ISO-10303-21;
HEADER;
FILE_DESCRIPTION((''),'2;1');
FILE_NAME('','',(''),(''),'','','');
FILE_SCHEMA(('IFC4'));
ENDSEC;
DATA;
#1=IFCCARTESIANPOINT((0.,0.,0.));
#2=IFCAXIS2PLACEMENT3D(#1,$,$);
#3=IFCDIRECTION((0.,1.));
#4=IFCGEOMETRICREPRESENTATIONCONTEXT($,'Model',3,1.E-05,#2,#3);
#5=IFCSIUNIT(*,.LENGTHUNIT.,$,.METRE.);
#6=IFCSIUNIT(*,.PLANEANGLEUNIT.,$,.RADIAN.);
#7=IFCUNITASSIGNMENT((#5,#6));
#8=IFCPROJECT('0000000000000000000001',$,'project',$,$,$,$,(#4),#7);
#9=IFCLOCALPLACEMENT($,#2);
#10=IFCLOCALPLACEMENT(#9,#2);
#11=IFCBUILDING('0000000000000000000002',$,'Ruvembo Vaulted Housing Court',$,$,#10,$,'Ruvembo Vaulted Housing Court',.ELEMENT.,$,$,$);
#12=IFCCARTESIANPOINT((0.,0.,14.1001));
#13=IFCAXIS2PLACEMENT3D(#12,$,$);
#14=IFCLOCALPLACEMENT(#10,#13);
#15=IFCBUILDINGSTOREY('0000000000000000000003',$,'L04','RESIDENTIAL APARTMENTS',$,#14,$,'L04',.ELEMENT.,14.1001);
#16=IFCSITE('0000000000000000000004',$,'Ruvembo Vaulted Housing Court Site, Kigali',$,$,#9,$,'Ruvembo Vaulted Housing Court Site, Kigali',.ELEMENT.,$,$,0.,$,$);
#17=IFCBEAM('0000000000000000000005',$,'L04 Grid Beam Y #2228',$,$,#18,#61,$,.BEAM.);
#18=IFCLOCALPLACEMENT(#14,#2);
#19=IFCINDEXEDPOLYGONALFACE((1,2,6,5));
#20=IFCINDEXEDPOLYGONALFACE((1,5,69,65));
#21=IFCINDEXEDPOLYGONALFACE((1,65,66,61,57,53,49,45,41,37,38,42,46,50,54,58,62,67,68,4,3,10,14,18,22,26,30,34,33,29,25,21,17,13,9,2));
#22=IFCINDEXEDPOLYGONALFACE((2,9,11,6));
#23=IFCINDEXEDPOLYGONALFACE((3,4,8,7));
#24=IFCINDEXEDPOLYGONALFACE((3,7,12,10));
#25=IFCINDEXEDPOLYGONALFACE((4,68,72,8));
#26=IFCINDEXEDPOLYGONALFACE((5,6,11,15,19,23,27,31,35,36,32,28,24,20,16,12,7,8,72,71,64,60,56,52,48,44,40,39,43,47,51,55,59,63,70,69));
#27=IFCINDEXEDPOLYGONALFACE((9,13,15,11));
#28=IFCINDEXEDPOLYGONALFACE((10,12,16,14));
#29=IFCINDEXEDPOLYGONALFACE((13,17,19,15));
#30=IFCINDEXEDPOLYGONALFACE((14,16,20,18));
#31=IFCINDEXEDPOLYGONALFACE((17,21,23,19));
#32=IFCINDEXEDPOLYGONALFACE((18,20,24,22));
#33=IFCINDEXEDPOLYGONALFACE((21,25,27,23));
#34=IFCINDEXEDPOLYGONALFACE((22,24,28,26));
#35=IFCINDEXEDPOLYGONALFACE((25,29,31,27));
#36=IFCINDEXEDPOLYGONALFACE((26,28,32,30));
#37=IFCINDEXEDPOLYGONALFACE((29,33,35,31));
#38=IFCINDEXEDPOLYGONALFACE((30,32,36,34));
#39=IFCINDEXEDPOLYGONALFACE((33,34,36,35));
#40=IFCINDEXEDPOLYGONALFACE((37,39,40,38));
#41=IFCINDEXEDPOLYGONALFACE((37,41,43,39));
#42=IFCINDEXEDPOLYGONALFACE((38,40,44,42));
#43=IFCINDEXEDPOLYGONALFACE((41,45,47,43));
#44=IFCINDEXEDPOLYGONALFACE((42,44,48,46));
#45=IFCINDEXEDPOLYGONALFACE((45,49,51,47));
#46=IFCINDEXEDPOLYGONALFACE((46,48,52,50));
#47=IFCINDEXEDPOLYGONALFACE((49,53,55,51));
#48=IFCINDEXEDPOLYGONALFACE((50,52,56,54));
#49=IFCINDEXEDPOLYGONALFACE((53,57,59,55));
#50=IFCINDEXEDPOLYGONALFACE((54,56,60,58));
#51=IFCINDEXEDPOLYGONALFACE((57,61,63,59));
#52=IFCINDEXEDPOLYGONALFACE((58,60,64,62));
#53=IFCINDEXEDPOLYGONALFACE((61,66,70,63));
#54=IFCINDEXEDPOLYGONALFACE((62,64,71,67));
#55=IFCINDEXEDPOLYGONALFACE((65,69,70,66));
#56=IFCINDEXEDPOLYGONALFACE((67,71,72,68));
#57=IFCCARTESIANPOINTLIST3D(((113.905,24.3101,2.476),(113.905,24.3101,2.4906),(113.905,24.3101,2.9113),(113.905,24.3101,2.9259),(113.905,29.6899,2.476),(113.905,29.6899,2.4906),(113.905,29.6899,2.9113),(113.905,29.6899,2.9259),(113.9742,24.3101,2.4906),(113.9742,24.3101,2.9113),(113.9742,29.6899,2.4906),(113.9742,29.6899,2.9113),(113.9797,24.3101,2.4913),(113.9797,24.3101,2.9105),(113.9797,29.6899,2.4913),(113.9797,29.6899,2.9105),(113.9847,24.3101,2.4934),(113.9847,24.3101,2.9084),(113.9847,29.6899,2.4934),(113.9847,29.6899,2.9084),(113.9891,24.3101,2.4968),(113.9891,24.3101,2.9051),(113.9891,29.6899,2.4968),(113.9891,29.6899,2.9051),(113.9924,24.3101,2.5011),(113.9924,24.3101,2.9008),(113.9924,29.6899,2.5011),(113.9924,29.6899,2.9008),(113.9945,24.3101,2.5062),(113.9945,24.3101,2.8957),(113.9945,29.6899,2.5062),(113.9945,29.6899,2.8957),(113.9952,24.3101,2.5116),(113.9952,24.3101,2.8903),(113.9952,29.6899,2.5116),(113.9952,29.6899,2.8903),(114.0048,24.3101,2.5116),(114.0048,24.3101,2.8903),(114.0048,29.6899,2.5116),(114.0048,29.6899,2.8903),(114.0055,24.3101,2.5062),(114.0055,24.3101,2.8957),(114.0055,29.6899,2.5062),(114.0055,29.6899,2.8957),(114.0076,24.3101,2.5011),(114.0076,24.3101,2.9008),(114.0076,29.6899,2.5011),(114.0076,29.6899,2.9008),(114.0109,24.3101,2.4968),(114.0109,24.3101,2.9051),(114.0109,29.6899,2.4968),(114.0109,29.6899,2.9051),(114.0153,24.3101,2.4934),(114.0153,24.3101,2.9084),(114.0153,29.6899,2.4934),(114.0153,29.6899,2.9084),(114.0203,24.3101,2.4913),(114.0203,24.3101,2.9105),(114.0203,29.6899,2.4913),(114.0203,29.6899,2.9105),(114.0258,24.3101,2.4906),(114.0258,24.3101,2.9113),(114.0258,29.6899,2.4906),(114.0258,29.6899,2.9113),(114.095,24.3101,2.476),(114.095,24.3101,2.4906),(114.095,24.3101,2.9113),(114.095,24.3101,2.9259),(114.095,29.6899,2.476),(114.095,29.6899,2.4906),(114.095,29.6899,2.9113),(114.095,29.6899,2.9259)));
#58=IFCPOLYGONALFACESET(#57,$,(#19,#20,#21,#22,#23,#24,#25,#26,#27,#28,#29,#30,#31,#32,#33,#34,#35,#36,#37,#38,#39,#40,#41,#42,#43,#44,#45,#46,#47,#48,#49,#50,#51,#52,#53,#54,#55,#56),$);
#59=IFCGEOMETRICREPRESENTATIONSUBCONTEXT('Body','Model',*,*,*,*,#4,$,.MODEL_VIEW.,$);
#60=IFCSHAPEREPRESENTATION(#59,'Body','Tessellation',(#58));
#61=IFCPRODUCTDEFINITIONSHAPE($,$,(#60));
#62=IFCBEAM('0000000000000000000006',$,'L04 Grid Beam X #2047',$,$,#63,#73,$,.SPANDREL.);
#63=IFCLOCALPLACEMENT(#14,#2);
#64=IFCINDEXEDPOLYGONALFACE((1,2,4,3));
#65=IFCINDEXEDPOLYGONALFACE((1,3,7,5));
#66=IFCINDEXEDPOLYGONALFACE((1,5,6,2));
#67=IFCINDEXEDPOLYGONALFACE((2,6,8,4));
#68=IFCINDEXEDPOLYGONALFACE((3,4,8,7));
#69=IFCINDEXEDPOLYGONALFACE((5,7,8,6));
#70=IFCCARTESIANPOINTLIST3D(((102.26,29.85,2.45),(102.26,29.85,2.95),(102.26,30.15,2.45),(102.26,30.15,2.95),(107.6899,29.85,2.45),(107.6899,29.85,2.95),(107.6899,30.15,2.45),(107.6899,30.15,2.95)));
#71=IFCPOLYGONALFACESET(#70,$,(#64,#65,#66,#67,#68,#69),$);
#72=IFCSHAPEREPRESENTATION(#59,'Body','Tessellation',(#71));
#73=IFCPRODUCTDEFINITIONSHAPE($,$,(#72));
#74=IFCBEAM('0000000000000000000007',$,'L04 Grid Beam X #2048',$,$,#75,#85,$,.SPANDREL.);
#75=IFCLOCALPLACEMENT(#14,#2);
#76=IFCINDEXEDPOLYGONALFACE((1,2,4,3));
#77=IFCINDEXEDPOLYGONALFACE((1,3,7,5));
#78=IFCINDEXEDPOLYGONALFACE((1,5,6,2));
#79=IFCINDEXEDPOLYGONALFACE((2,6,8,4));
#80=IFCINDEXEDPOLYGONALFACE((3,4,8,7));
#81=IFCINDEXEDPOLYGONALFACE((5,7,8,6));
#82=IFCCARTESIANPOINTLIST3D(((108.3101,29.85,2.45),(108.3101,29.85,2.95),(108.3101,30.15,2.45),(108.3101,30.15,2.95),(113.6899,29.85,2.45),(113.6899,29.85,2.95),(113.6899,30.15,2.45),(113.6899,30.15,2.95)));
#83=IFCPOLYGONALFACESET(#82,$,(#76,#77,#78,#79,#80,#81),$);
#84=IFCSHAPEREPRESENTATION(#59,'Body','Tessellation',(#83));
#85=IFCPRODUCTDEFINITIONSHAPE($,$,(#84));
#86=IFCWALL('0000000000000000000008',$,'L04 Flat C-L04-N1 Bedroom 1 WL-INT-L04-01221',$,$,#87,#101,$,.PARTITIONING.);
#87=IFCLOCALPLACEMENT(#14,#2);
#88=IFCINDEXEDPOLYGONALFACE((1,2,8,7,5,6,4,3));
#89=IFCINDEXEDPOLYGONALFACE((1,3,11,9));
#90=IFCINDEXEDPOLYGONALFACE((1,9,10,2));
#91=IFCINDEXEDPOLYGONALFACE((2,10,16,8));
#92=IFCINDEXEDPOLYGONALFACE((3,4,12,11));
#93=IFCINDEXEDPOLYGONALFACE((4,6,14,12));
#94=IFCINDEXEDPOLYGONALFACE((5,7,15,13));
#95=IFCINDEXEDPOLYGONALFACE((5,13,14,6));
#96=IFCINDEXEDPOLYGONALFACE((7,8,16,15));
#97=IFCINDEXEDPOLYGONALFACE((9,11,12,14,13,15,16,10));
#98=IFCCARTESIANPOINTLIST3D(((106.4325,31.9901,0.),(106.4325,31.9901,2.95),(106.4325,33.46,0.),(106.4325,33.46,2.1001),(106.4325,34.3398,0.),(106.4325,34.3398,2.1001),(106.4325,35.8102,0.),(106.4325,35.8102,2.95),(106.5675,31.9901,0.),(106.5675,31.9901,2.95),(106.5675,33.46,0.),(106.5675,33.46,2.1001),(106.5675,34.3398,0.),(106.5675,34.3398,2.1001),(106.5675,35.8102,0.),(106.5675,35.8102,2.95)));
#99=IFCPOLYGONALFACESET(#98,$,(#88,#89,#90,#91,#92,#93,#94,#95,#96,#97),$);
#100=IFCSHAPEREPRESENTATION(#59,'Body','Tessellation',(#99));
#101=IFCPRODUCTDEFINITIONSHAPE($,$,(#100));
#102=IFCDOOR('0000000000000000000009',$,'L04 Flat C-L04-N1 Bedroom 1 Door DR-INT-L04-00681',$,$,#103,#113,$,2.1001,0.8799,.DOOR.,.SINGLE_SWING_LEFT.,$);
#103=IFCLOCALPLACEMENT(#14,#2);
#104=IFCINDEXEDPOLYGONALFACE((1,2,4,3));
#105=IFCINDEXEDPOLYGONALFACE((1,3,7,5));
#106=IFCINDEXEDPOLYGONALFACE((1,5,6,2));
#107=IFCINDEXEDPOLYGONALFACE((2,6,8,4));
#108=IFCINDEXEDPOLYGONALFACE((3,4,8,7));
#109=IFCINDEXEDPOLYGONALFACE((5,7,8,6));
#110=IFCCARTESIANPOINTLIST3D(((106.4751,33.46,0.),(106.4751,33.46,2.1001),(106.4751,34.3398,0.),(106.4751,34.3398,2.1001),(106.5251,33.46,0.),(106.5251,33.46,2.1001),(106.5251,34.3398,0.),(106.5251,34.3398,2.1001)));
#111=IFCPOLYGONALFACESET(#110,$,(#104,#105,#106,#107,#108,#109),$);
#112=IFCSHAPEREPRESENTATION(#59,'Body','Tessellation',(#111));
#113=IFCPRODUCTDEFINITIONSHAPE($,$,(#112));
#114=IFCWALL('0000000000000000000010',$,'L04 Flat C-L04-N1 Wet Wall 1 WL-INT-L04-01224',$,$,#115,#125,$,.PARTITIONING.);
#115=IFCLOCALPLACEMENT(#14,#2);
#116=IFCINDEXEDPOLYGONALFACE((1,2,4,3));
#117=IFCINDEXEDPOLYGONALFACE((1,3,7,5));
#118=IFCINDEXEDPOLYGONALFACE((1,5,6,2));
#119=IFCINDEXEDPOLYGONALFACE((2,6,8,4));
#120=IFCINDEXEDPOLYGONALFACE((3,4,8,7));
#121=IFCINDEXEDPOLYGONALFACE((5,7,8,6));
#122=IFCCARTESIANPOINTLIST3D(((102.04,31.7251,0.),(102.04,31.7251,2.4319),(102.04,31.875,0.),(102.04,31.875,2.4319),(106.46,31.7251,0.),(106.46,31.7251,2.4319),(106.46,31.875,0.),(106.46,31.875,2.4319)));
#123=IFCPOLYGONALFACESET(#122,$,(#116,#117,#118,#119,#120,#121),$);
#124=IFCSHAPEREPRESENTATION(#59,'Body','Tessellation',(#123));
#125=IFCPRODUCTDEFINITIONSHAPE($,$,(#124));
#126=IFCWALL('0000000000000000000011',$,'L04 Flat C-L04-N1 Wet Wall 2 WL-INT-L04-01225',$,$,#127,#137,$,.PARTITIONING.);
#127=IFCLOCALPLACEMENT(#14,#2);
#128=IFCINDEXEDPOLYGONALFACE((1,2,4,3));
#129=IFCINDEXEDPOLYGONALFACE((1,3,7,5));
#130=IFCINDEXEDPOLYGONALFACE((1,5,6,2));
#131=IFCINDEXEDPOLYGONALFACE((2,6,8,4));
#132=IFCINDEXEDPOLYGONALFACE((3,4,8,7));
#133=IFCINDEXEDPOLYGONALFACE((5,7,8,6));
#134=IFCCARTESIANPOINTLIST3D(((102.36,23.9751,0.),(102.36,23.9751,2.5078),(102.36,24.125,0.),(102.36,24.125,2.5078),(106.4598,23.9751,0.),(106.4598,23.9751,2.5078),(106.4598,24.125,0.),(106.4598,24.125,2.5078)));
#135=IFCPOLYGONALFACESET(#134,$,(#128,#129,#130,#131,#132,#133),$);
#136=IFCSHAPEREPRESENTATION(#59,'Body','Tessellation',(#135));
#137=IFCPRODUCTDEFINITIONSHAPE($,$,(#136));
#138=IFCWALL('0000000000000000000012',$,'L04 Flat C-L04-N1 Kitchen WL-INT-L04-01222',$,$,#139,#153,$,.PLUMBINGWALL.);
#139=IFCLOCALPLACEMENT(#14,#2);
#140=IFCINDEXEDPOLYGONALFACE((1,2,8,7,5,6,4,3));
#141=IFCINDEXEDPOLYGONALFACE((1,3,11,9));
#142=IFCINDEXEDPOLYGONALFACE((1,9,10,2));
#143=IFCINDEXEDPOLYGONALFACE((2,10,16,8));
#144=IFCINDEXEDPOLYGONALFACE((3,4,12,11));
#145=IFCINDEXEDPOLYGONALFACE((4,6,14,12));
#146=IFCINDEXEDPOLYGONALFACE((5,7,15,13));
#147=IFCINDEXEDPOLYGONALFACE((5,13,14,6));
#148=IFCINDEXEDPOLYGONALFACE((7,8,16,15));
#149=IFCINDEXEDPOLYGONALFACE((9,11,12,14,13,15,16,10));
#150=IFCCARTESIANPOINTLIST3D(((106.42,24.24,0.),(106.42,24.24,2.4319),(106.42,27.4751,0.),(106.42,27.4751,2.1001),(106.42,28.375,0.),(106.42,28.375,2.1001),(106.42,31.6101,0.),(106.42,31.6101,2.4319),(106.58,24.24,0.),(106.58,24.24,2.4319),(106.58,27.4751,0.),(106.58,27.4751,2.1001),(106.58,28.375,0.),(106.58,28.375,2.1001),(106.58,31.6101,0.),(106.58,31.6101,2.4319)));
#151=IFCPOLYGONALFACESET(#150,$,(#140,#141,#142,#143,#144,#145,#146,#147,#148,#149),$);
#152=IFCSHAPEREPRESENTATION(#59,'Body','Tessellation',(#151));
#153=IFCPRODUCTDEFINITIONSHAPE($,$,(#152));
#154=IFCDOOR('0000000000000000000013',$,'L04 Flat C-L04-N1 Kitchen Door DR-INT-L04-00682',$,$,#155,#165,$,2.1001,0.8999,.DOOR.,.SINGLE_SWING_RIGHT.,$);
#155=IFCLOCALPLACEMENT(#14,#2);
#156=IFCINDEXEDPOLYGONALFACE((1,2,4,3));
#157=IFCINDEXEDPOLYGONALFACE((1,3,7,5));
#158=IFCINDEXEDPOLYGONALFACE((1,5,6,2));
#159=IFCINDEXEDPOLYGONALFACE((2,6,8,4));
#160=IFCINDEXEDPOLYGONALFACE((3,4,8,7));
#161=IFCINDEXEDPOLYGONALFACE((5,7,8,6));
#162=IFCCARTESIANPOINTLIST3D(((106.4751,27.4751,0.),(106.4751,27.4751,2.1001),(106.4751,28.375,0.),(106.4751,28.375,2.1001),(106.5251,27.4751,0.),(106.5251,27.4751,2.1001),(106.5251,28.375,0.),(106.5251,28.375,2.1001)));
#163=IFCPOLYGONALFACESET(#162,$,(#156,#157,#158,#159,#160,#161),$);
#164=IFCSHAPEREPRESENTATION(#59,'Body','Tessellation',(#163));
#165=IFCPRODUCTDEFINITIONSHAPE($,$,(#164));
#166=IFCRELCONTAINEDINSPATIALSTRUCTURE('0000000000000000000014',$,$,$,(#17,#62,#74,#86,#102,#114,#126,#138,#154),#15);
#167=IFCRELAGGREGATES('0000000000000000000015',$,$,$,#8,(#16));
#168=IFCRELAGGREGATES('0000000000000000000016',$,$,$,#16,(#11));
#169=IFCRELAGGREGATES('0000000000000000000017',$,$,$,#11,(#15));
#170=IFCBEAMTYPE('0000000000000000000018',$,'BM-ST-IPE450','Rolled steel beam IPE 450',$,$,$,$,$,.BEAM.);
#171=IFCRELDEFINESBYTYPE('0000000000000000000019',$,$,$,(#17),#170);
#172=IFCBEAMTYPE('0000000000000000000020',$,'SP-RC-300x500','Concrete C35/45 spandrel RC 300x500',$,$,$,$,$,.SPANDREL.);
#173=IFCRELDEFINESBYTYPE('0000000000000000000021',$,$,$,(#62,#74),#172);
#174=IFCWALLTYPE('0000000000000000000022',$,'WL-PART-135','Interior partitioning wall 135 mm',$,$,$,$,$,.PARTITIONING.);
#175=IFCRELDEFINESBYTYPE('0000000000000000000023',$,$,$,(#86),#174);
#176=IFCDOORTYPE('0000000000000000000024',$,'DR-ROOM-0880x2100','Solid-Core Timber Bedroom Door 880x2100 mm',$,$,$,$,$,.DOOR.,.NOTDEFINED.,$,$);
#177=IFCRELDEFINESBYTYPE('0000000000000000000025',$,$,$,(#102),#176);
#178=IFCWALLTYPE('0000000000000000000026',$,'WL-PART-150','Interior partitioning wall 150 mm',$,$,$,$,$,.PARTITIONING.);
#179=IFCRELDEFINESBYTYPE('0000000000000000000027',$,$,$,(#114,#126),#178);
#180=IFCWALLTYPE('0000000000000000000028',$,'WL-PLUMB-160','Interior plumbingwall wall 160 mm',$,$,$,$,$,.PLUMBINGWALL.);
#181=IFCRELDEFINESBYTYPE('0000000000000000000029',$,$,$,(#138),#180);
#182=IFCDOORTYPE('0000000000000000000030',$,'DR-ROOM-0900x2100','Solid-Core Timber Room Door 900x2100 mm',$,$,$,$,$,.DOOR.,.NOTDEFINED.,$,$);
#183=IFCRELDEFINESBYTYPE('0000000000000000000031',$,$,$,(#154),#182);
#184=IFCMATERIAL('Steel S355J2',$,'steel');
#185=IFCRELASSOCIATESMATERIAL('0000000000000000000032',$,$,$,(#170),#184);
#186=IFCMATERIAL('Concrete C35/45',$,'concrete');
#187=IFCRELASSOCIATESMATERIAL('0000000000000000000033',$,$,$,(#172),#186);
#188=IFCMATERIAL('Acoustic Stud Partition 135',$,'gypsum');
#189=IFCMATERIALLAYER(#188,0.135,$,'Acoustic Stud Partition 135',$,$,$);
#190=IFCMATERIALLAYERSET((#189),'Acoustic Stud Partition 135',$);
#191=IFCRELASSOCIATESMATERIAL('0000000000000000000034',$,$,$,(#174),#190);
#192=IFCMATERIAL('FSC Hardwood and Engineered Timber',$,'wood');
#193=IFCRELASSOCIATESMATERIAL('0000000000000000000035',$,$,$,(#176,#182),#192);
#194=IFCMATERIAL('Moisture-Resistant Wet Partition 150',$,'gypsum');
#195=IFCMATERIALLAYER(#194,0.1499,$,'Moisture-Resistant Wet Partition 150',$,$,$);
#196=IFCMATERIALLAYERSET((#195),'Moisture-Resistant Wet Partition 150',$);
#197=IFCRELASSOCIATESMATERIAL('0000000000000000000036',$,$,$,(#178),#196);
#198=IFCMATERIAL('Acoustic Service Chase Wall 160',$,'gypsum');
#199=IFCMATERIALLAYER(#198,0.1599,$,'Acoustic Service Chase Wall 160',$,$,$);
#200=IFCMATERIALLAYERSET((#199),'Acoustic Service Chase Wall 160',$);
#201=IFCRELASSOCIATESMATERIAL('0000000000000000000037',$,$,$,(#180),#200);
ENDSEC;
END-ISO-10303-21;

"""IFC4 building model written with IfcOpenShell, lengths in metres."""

from ifc_helpers import new_model, si_unit, direction, frame, frame_2d, origin, origin_2d, place, context, subcontext, project, spatial, rectangle, i_section, extrude, material, layer, layer_set, material_profile, profile_set, type_object, element, fill, save


model = new_model("IFC4")

# Units and contexts
model_context = context("Model", 3, precision=1e-05, world=origin(), true_north=direction((0.0, 1.0)))
body_context = subcontext(model_context, "Body", "Model", "MODEL_VIEW")
ifc_project = project(units=[si_unit("LENGTHUNIT", "METRE"), si_unit("PLANEANGLEUNIT", "RADIAN")], contexts=[model_context])

# Site, building, storey
site_placement = place(None, origin())
site = spatial("IfcSite", under=ifc_project, at=site_placement, Name="Ruvembo Vaulted Housing Court Site, Kigali", LongName="Ruvembo Vaulted Housing Court Site, Kigali", CompositionType="ELEMENT", RefElevation=0.0)
building_placement = place(site_placement, origin())
building = spatial("IfcBuilding", under=site, at=building_placement, Name="Ruvembo Vaulted Housing Court", LongName="Ruvembo Vaulted Housing Court", CompositionType="ELEMENT")
storey_placement = place(building_placement, frame((0.0, 0.0, 14.1001)))
storey = spatial("IfcBuildingStorey", under=building, at=storey_placement, Name="L04", Description="RESIDENTIAL APARTMENTS", LongName="L04", CompositionType="ELEMENT", Elevation=14.1001)

# Beams
ifc_material_1 = material(Name="Steel S355J2", Category="steel")
ifc_material_profile_1 = material_profile(ifc_material_1, i_section(OverallWidth=0.1899, OverallDepth=0.45, WebThickness=0.0095, FlangeThickness=0.0146, FilletRadius=0.021, at=origin_2d()), Name="IPE 450")
ifc_profile_set_1 = profile_set([ifc_material_profile_1], Name="Steel S355J2")
beam_type_1 = type_object("IfcBeamType", Name="BM-ST-IPE450", Description="Rolled steel beam IPE 450", PredefinedType="BEAM", material=ifc_profile_set_1)
beam_1_placement = place(storey_placement, frame((114.0, 24.3101, 2.7009), z_axis=(0.0, 1.0, 0.0), x_axis=(-1.0, 0.0, 0.0)))
element("IfcBeam", 1, at=beam_1_placement, inside=storey, type_object=beam_type_1, Name="L04 Grid Beam Y #2228", PredefinedType="BEAM", context=body_context, shape_type="SweptSolid", body=[
    extrude(i_section(OverallWidth=0.1899, OverallDepth=0.45, WebThickness=0.0095, FlangeThickness=0.0146, FilletRadius=0.021, at=origin_2d()), origin(), (0.0, 0.0, 1.0), 5.3799),
])
ifc_material_2 = material(Name="Concrete C35/45", Category="concrete")
ifc_material_profile_2 = material_profile(ifc_material_2, rectangle(XDim=0.3, YDim=0.5, at=origin_2d()), Name="RC 300x500")
ifc_profile_set_2 = profile_set([ifc_material_profile_2], Name="Concrete C35/45")
beam_type_2 = type_object("IfcBeamType", Name="SP-RC-300x500", Description="Concrete C35/45 spandrel RC 300x500", PredefinedType="SPANDREL", material=ifc_profile_set_2)
beam_2_placement = place(storey_placement, frame((102.26, 30.0, 2.7), z_axis=(1.0, 0.0, 0.0), x_axis=(0.0, 1.0, 0.0)))
element("IfcBeam", 2, at=beam_2_placement, inside=storey, type_object=beam_type_2, Name="L04 Grid Beam X #2047", PredefinedType="SPANDREL", context=body_context, shape_type="SweptSolid", body=[
    extrude(rectangle(XDim=0.3, YDim=0.5, at=origin_2d()), origin(), (0.0, 0.0, 1.0), 5.4299),
])
beam_3_placement = place(storey_placement, frame((108.3101, 30.0, 2.7), z_axis=(1.0, 0.0, 0.0), x_axis=(0.0, 1.0, 0.0)))
element("IfcBeam", 3, at=beam_3_placement, inside=storey, type_object=beam_type_2, Name="L04 Grid Beam X #2048", PredefinedType="SPANDREL", context=body_context, shape_type="SweptSolid", body=[
    extrude(rectangle(XDim=0.3, YDim=0.5, at=origin_2d()), origin(), (0.0, 0.0, 1.0), 5.3799),
])

# Wall, opening, door
ifc_material_3 = material(Name="Acoustic Stud Partition 135", Category="gypsum")
ifc_layer_1 = layer(ifc_material_3, 0.135, Name="Acoustic Stud Partition 135")
ifc_layer_set_1 = layer_set([ifc_layer_1], Name="Acoustic Stud Partition 135")
wall_type_1 = type_object("IfcWallType", Name="WL-PART-135", Description="Interior partitioning wall 135 mm", PredefinedType="PARTITIONING", material=ifc_layer_set_1)
wall_1_placement = place(storey_placement, frame((106.5, 31.99, 0.0), z_axis=(0.0, 0.0, 1.0), x_axis=(0.0, 1.0, 0.0)))
wall_1 = element("IfcWall", 4, at=wall_1_placement, inside=storey, type_object=wall_type_1, Name="L04 Flat C-L04-N1 Bedroom 1 WL-INT-L04-01221", PredefinedType="PARTITIONING", context=body_context, shape_type="SweptSolid", body=[
    extrude(rectangle(XDim=3.8201, YDim=0.135, at=frame_2d((1.9102, 0.0))), origin(), (0.0, 0.0, 1.0), 2.95),
])
opening_1_placement = place(wall_1_placement, frame((1.47, 0.0, 0.0)))
opening_1 = element("IfcOpeningElement", 5, at=opening_1_placement, cuts=wall_1, PredefinedType="OPENING", context=body_context, shape_type="SweptSolid", body=[
    extrude(rectangle(XDim=0.8799, YDim=2.1001, at=frame_2d((0.4399, 1.05))), frame((0.0, 0.0774, 0.0), z_axis=(0.0, -1.0, 0.0), x_axis=(1.0, 0.0, 0.0)), (0.0, 0.0, 1.0), 0.155),
])
ifc_material_4 = material(Name="FSC Hardwood and Engineered Timber", Category="wood")
door_type_1 = type_object("IfcDoorType", Name="DR-ROOM-0880x2100", Description="Solid-Core Timber Bedroom Door 880x2100 mm", OperationType="NOTDEFINED", PredefinedType="DOOR", material=ifc_material_4)
door_1_placement = place(opening_1_placement, origin())
door_1 = element("IfcDoor", 6, at=door_1_placement, inside=storey, type_object=door_type_1, Name="L04 Flat C-L04-N1 Bedroom 1 Door DR-INT-L04-00681", OperationType="SINGLE_SWING_LEFT", OverallHeight=2.1001, OverallWidth=0.8799, PredefinedType="DOOR", context=body_context, shape_type="SweptSolid", body=[
    extrude(rectangle(XDim=0.8799, YDim=2.1001, at=frame_2d((0.4399, 1.05))), frame((0.0, 0.0249, 0.0), z_axis=(0.0, -1.0, 0.0), x_axis=(1.0, 0.0, 0.0)), (0.0, 0.0, 1.0), 0.05),
])
fill(opening_1, door_1)

# Walls
ifc_material_5 = material(Name="Moisture-Resistant Wet Partition 150", Category="gypsum")
ifc_layer_2 = layer(ifc_material_5, 0.1499, Name="Moisture-Resistant Wet Partition 150")
ifc_layer_set_2 = layer_set([ifc_layer_2], Name="Moisture-Resistant Wet Partition 150")
wall_type_2 = type_object("IfcWallType", Name="WL-PART-150", Description="Interior partitioning wall 150 mm", PredefinedType="PARTITIONING", material=ifc_layer_set_2)
wall_2_placement = place(storey_placement, frame((102.04, 31.8, 0.0), z_axis=(0.0, 0.0, 1.0), x_axis=(1.0, 0.0, 0.0)))
element("IfcWall", 7, at=wall_2_placement, inside=storey, type_object=wall_type_2, Name="L04 Flat C-L04-N1 Wet Wall 1 WL-INT-L04-01224", PredefinedType="PARTITIONING", context=body_context, shape_type="SweptSolid", body=[
    extrude(rectangle(XDim=4.4199, YDim=0.1499, at=frame_2d((2.21, 0.0))), origin(), (0.0, 0.0, 1.0), 2.4319),
])
wall_3_placement = place(storey_placement, frame((102.3601, 24.05, 0.0), z_axis=(0.0, 0.0, 1.0), x_axis=(1.0, 0.0, 0.0)))
element("IfcWall", 8, at=wall_3_placement, inside=storey, type_object=wall_type_2, Name="L04 Flat C-L04-N1 Wet Wall 2 WL-INT-L04-01225", PredefinedType="PARTITIONING", context=body_context, shape_type="SweptSolid", body=[
    extrude(rectangle(XDim=4.0999, YDim=0.1499, at=frame_2d((2.0498, 0.0))), origin(), (0.0, 0.0, 1.0), 2.5078),
])

# Wall, opening, door
ifc_material_6 = material(Name="Acoustic Service Chase Wall 160", Category="gypsum")
ifc_layer_3 = layer(ifc_material_6, 0.1599, Name="Acoustic Service Chase Wall 160")
ifc_layer_set_3 = layer_set([ifc_layer_3], Name="Acoustic Service Chase Wall 160")
wall_type_3 = type_object("IfcWallType", Name="WL-PLUMB-160", Description="Interior plumbingwall wall 160 mm", PredefinedType="PLUMBINGWALL", material=ifc_layer_set_3)
wall_4_placement = place(storey_placement, frame((106.5, 24.24, 0.0), z_axis=(0.0, 0.0, 1.0), x_axis=(0.0, 1.0, 0.0)))
wall_4 = element("IfcWall", 9, at=wall_4_placement, inside=storey, type_object=wall_type_3, Name="L04 Flat C-L04-N1 Kitchen WL-INT-L04-01222", PredefinedType="PLUMBINGWALL", context=body_context, shape_type="SweptSolid", body=[
    extrude(rectangle(XDim=7.3701, YDim=0.1599, at=frame_2d((3.6851, 0.0))), origin(), (0.0, 0.0, 1.0), 2.4319),
])
opening_2_placement = place(wall_4_placement, frame((3.2351, 0.0, 0.0)))
opening_2 = element("IfcOpeningElement", 10, at=opening_2_placement, cuts=wall_4, PredefinedType="OPENING", context=body_context, shape_type="SweptSolid", body=[
    extrude(rectangle(XDim=0.8999, YDim=2.1001, at=frame_2d((0.45, 1.05))), frame((0.0, 0.0898, 0.0), z_axis=(0.0, -1.0, 0.0), x_axis=(1.0, 0.0, 0.0)), (0.0, 0.0, 1.0), 0.1799),
])
door_type_2 = type_object("IfcDoorType", Name="DR-ROOM-0900x2100", Description="Solid-Core Timber Room Door 900x2100 mm", OperationType="NOTDEFINED", PredefinedType="DOOR", material=ifc_material_4)
door_2_placement = place(opening_2_placement, origin())
door_2 = element("IfcDoor", 11, at=door_2_placement, inside=storey, type_object=door_type_2, Name="L04 Flat C-L04-N1 Kitchen Door DR-INT-L04-00682", OperationType="SINGLE_SWING_RIGHT", OverallHeight=2.1001, OverallWidth=0.8999, PredefinedType="DOOR", context=body_context, shape_type="SweptSolid", body=[
    extrude(rectangle(XDim=0.8999, YDim=2.1001, at=frame_2d((0.45, 1.05))), frame((0.0, 0.0249, 0.0), z_axis=(0.0, -1.0, 0.0), x_axis=(1.0, 0.0, 0.0)), (0.0, 0.0, 1.0), 0.05),
])
fill(opening_2, door_2)

save(model, "model.ifc")
